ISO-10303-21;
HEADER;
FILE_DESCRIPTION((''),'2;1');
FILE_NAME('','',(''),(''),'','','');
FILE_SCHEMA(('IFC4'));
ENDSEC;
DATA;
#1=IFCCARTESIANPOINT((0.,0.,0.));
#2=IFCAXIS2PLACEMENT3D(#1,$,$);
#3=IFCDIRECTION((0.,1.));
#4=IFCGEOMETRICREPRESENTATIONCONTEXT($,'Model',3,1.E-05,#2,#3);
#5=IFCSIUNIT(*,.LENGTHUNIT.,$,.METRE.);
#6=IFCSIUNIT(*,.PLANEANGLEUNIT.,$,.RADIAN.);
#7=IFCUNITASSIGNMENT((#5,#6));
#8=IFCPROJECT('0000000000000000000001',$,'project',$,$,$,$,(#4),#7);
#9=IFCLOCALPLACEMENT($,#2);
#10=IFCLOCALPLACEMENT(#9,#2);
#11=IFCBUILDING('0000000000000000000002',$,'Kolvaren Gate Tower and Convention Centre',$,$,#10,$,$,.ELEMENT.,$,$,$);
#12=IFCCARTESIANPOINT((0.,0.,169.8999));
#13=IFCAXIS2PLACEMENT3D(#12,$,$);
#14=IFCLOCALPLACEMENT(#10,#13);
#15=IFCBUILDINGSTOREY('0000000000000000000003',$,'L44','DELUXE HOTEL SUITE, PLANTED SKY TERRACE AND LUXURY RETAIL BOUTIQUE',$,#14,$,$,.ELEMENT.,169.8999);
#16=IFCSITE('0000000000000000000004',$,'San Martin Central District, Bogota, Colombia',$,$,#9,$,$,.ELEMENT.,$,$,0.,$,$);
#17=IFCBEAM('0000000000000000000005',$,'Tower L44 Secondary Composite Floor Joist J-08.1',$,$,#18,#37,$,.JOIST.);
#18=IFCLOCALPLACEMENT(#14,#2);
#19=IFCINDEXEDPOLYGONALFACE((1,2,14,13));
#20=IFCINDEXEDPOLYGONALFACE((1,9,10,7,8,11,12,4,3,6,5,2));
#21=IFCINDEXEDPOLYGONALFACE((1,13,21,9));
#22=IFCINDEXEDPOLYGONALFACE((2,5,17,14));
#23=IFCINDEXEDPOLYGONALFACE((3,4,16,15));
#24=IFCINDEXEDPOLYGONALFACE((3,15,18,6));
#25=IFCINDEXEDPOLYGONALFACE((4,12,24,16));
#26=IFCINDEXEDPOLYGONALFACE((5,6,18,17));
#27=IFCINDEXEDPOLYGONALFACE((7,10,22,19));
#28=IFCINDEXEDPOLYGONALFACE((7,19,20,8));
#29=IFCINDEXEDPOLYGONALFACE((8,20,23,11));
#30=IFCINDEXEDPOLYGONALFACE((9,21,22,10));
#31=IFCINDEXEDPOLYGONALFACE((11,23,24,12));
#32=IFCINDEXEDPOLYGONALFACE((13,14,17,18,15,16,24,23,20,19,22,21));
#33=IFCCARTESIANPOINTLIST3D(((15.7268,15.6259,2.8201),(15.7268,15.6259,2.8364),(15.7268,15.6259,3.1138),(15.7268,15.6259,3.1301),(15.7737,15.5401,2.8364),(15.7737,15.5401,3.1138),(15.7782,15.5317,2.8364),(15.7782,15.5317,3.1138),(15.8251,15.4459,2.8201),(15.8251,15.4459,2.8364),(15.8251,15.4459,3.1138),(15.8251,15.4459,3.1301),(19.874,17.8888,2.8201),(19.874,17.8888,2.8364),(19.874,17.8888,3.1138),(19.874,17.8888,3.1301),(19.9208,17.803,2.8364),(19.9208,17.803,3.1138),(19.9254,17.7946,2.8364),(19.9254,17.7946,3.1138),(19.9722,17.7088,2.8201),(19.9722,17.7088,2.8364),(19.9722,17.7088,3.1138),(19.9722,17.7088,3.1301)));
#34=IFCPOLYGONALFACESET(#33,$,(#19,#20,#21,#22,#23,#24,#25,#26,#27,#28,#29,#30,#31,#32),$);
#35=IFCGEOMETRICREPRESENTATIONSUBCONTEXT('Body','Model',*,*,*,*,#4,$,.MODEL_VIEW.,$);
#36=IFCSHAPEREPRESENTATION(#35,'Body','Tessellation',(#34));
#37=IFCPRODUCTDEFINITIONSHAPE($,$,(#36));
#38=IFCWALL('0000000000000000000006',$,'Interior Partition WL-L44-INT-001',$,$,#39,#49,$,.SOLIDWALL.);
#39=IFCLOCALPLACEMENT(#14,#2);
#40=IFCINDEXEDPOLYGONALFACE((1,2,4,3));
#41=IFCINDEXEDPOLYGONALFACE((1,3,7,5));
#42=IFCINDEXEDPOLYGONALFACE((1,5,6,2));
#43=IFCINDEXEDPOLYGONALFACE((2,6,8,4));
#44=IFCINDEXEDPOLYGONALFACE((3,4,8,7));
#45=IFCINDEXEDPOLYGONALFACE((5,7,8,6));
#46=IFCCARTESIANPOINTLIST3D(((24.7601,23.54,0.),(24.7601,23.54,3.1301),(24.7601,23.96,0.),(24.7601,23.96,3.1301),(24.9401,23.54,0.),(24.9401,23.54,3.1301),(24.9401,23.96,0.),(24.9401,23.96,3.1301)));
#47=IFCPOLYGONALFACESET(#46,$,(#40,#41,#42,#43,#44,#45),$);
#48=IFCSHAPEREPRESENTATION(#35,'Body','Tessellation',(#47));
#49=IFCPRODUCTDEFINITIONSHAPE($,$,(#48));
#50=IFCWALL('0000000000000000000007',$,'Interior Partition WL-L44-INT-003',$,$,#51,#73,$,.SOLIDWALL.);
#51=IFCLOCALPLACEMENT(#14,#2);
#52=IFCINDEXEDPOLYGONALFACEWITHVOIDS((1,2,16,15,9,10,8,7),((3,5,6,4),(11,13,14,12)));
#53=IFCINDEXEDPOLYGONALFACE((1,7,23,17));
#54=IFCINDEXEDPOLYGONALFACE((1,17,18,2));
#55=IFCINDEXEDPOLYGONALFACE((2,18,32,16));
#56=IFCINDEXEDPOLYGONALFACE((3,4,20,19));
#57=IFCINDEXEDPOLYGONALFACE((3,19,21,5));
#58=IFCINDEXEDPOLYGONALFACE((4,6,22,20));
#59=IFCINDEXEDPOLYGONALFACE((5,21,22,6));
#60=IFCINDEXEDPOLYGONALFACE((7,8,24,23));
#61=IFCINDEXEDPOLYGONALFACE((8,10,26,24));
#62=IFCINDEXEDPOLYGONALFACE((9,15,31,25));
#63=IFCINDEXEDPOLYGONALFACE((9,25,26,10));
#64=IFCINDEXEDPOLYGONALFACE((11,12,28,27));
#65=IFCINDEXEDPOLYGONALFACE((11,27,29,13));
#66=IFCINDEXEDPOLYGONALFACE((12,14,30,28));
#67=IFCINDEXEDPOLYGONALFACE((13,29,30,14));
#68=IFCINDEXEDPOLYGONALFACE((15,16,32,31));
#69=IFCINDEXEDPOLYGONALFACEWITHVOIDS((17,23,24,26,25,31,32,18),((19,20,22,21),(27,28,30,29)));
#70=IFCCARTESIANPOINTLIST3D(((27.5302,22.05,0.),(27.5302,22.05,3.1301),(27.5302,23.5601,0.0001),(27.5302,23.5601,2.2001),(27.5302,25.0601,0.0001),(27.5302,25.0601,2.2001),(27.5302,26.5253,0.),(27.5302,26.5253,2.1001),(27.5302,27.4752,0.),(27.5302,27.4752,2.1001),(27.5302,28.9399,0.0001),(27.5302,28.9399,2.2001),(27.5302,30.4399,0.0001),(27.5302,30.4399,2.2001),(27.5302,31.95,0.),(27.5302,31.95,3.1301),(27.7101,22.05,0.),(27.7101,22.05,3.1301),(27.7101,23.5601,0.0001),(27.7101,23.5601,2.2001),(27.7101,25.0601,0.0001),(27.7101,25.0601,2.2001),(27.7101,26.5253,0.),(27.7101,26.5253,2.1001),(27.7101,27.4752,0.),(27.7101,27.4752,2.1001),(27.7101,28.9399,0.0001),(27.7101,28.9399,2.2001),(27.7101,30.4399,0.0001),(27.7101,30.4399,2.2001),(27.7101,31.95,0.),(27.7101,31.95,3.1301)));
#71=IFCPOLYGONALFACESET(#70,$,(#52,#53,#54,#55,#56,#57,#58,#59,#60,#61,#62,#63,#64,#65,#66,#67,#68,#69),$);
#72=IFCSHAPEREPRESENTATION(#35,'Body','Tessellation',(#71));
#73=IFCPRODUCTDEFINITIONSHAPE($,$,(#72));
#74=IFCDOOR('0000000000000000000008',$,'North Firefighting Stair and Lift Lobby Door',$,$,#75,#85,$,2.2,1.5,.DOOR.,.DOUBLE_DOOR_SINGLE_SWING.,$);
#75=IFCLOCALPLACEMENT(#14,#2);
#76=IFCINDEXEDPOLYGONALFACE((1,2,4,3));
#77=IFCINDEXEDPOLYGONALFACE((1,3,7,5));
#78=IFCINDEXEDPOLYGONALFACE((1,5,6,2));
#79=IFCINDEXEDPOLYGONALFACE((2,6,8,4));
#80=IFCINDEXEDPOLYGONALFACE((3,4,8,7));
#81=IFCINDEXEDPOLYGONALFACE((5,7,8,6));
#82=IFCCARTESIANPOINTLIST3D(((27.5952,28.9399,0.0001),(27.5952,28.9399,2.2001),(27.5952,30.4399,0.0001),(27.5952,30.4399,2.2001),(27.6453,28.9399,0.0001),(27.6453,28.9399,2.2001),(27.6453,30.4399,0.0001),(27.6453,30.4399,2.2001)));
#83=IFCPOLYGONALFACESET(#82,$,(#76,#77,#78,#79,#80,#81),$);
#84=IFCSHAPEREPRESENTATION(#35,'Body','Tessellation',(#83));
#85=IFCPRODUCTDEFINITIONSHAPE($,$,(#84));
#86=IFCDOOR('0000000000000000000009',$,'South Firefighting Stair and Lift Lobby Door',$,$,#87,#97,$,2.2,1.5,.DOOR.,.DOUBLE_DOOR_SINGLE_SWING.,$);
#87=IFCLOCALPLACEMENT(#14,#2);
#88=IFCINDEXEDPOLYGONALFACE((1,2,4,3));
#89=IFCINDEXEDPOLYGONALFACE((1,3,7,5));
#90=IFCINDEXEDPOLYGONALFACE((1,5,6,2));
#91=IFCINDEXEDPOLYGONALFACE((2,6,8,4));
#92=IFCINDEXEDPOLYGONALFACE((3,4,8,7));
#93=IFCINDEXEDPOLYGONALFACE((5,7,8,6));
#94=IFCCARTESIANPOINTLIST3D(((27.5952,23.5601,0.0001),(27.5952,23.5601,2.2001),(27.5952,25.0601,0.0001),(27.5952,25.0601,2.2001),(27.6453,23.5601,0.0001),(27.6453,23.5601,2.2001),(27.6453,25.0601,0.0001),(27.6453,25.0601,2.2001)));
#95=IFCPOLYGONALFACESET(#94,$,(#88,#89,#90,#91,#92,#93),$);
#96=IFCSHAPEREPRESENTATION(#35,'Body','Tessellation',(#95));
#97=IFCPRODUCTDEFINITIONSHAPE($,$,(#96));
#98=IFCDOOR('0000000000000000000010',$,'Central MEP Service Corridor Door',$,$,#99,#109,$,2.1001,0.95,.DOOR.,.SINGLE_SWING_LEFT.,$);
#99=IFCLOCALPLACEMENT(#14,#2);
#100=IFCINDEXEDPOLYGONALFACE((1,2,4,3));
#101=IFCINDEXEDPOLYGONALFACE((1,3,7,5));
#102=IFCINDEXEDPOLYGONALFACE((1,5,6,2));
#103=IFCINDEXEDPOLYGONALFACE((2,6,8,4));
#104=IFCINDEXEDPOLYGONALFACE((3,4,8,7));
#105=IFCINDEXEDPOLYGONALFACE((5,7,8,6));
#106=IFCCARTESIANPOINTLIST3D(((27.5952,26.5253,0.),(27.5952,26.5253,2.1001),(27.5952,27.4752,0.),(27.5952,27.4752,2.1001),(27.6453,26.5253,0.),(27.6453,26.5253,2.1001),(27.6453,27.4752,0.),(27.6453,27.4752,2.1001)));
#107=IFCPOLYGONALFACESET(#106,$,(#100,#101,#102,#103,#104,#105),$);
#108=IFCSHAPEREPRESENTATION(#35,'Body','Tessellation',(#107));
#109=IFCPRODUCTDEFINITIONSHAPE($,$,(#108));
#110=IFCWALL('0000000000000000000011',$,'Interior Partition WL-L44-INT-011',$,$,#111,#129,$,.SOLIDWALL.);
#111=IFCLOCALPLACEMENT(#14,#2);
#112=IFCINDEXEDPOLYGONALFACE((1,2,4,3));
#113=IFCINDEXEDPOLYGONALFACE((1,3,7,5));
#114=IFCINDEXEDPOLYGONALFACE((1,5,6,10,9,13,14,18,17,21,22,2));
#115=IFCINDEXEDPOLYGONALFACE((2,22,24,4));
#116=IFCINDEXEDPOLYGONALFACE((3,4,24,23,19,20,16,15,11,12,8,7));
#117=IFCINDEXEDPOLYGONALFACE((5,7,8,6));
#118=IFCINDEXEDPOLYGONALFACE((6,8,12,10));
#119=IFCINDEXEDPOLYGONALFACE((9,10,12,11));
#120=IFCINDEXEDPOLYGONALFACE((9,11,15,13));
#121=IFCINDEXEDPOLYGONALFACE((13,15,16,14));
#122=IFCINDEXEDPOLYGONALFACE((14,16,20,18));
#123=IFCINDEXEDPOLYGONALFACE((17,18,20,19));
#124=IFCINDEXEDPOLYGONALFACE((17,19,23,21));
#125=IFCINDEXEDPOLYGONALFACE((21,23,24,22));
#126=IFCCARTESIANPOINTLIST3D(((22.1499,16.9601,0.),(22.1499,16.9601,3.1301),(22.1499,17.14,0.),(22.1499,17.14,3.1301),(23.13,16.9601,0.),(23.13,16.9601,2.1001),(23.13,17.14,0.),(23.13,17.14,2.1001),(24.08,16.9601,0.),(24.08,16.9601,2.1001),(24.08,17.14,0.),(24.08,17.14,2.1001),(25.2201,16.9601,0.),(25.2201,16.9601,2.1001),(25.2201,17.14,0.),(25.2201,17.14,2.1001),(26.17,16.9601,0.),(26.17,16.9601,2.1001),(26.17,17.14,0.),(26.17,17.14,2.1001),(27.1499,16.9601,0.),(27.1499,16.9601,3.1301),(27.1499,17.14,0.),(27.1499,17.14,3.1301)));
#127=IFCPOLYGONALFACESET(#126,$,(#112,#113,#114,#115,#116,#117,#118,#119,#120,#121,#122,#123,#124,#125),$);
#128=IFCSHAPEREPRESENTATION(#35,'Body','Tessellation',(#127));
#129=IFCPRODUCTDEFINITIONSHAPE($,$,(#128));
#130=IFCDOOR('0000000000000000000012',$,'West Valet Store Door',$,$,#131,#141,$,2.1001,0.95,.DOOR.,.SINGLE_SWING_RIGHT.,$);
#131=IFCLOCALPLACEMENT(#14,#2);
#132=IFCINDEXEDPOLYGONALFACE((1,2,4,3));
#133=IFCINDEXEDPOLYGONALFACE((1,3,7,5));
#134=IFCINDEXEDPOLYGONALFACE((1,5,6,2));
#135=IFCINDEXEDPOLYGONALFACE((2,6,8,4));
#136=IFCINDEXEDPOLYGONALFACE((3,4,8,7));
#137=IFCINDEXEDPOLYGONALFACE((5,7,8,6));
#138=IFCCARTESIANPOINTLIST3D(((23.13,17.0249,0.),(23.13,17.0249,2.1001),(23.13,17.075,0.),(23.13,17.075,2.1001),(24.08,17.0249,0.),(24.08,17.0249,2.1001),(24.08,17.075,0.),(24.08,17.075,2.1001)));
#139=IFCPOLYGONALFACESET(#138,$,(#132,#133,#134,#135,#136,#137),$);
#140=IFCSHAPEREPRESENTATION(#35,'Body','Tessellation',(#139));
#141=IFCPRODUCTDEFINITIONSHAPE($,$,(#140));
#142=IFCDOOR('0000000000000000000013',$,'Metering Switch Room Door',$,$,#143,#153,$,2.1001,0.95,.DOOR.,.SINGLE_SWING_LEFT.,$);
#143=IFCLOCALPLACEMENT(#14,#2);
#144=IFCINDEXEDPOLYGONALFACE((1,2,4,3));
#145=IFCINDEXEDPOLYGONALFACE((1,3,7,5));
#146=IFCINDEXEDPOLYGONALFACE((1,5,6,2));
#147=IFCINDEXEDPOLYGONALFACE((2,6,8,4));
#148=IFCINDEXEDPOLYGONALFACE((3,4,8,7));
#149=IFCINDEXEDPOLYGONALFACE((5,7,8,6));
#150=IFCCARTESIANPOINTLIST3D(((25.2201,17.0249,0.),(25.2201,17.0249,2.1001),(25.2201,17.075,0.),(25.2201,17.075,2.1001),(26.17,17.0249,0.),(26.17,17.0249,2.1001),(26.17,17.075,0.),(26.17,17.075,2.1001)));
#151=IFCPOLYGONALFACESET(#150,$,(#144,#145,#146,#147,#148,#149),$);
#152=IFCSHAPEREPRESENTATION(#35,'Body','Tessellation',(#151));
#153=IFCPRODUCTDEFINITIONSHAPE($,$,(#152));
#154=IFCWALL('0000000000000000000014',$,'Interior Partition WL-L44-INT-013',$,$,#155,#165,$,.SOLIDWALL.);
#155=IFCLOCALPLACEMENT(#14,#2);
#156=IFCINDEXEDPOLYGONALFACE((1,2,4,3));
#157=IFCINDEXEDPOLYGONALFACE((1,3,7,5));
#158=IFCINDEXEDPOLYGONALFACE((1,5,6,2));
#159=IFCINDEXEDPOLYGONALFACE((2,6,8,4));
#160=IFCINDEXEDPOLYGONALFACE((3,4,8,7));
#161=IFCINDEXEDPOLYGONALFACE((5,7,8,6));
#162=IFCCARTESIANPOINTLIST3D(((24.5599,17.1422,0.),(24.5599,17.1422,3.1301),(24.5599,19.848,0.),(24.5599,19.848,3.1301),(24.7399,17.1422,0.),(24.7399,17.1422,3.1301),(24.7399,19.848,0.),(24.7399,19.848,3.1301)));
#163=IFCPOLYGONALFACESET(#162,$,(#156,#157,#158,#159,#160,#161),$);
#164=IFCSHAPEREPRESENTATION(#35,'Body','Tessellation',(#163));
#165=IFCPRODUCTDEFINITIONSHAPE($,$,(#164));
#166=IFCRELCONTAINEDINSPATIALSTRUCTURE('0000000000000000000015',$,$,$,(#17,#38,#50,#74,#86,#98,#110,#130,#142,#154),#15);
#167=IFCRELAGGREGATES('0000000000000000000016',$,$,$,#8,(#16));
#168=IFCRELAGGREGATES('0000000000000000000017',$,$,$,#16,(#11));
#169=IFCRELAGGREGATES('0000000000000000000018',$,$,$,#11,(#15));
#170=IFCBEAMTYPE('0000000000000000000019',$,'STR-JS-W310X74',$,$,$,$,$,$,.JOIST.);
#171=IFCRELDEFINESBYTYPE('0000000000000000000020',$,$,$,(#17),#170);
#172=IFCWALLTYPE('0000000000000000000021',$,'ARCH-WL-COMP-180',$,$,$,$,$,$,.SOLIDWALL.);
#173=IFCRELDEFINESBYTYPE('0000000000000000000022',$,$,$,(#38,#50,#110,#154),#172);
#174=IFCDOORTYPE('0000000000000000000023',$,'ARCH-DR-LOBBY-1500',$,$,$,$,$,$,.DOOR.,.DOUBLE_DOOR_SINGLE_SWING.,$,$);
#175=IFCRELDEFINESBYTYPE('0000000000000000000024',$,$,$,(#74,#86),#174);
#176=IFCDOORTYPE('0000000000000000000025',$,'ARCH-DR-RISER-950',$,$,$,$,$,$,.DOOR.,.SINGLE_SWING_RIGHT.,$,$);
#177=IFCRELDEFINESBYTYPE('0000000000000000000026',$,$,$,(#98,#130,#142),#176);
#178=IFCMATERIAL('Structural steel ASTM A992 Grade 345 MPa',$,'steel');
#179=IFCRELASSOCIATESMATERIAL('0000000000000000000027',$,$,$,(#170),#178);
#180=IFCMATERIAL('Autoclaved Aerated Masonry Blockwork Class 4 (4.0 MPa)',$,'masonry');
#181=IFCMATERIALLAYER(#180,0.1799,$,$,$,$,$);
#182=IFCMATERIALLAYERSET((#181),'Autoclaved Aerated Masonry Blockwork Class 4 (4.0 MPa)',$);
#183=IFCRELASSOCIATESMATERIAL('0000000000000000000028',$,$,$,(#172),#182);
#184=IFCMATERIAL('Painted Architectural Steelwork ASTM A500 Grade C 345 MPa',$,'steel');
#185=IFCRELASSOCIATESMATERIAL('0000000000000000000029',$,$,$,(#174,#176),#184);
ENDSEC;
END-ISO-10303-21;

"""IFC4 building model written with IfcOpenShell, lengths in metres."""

from ifc_helpers import new_model, si_unit, direction, frame, frame_2d, origin, origin_2d, place, context, subcontext, project, spatial, rectangle, i_section, extrude, material, layer, layer_set, material_profile, profile_set, type_object, element, fill, save


model = new_model("IFC4")

# Units and contexts
model_context = context("Model", 3, precision=1e-05, world=origin(), true_north=direction((0.0, 1.0)))
body_context = subcontext(model_context, "Body", "Model", "MODEL_VIEW")
ifc_project = project(units=[si_unit("LENGTHUNIT", "METRE"), si_unit("PLANEANGLEUNIT", "RADIAN")], contexts=[model_context])

# Site, building, storey
site_placement = place(None, origin())
site = spatial("IfcSite", under=ifc_project, at=site_placement, Name="San Martin Central District, Bogota, Colombia", CompositionType="ELEMENT", RefElevation=0.0)
building_placement = place(site_placement, origin())
building = spatial("IfcBuilding", under=site, at=building_placement, Name="Kolvaren Gate Tower and Convention Centre", CompositionType="ELEMENT")
storey_placement = place(building_placement, frame((0.0, 0.0, 169.8999)))
storey = spatial("IfcBuildingStorey", under=building, at=storey_placement, Name="L44", Description="DELUXE HOTEL SUITE, PLANTED SKY TERRACE AND LUXURY RETAIL BOUTIQUE", CompositionType="ELEMENT", Elevation=169.8999)

# Beam
ifc_material_1 = material(Name="Structural steel ASTM A992 Grade 345 MPa", Category="steel")
ifc_material_profile = material_profile(ifc_material_1, i_section(OverallWidth=0.2051, OverallDepth=0.3101, WebThickness=0.0095, FlangeThickness=0.0164, at=origin_2d()), Name="W310X74")
ifc_profile_set = profile_set([ifc_material_profile], Name="Structural steel ASTM A992 Grade 345 MPa")
beam_type = type_object("IfcBeamType", Name="STR-JS-W310X74", PredefinedType="JOIST", material=ifc_profile_set)
beam_placement = place(storey_placement, frame((19.9231, 17.7988, 2.9751), z_axis=(-0.877822, -0.478986, 0.0), x_axis=(0.478986, -0.877822, 0.0)))
element("IfcBeam", 1, at=beam_placement, inside=storey, type_object=beam_type, Name="Tower L44 Secondary Composite Floor Joist J-08.1", PredefinedType="JOIST", context=body_context, shape_type="SweptSolid", body=[
    extrude(i_section(OverallWidth=0.2051, OverallDepth=0.3101, WebThickness=0.0095, FlangeThickness=0.0164, at=origin_2d()), origin(), (0.0, 0.0, 1.0), 4.7244),
])

# Wall
ifc_material_2 = material(Name="Autoclaved Aerated Masonry Blockwork Class 4 (4.0 MPa)", Category="masonry")
ifc_layer_1 = layer(ifc_material_2, 0.1799)
ifc_layer_set_1 = layer_set([ifc_layer_1], Name="Autoclaved Aerated Masonry Blockwork Class 4 (4.0 MPa)")
wall_type_1 = type_object("IfcWallType", Name="ARCH-WL-COMP-180", PredefinedType="SOLIDWALL", material=ifc_layer_set_1)
wall_1_placement = place(storey_placement, frame((24.8501, 23.54, 0.0), z_axis=(0.0, 0.0, 1.0), x_axis=(0.0, 1.0, 0.0)))
element("IfcWall", 2, at=wall_1_placement, inside=storey, type_object=wall_type_1, Name="Interior Partition WL-L44-INT-001", PredefinedType="SOLIDWALL", context=body_context, shape_type="SweptSolid", body=[
    extrude(rectangle(XDim=0.4199, YDim=0.1799, at=frame_2d((0.21, 0.0))), origin(), (0.0, 0.0, 1.0), 3.1301),
])

# Walls, openings, doors
wall_2_placement = place(storey_placement, frame((27.6201, 22.05, 0.0), z_axis=(0.0, 0.0, 1.0), x_axis=(0.0, 1.0, 0.0)))
wall_2 = element("IfcWall", 3, at=wall_2_placement, inside=storey, type_object=wall_type_1, Name="Interior Partition WL-L44-INT-003", PredefinedType="SOLIDWALL", context=body_context, shape_type="SweptSolid", body=[
    extrude(rectangle(XDim=9.8999, YDim=0.1799, at=frame_2d((4.95, 0.0))), origin(), (0.0, 0.0, 1.0), 3.1301),
])
opening_1_placement = place(wall_2_placement, frame((4.4751, 0.0, 0.0)))
opening_1 = element("IfcOpeningElement", 4, at=opening_1_placement, cuts=wall_2, PredefinedType="OPENING", context=body_context, shape_type="SweptSolid", body=[
    extrude(rectangle(XDim=0.95, YDim=2.1001, at=frame_2d((0.4751, 1.05))), frame((0.0, 0.0999, 0.0), z_axis=(0.0, -1.0, 0.0), x_axis=(1.0, 0.0, 0.0)), (0.0, 0.0, 1.0), 0.2),
])
opening_2_placement = place(wall_2_placement, frame((6.8899, 0.0, 0.0)))
opening_2 = element("IfcOpeningElement", 5, at=opening_2_placement, cuts=wall_2, PredefinedType="OPENING", context=body_context, shape_type="SweptSolid", body=[
    extrude(rectangle(XDim=1.5, YDim=2.2, at=frame_2d((0.75, 1.1001))), frame((0.0, 0.0999, 0.0), z_axis=(0.0, -1.0, 0.0), x_axis=(1.0, 0.0, 0.0)), (0.0, 0.0, 1.0), 0.2),
])
opening_3_placement = place(wall_2_placement, frame((1.51, 0.0, 0.0)))
opening_3 = element("IfcOpeningElement", 6, at=opening_3_placement, cuts=wall_2, PredefinedType="OPENING", context=body_context, shape_type="SweptSolid", body=[
    extrude(rectangle(XDim=1.5, YDim=2.2, at=frame_2d((0.75, 1.1001))), frame((0.0, 0.0999, 0.0), z_axis=(0.0, -1.0, 0.0), x_axis=(1.0, 0.0, 0.0)), (0.0, 0.0, 1.0), 0.2),
])
ifc_material_3 = material(Name="Painted Architectural Steelwork ASTM A500 Grade C 345 MPa", Category="steel")
door_type_1 = type_object("IfcDoorType", Name="ARCH-DR-LOBBY-1500", OperationType="DOUBLE_DOOR_SINGLE_SWING", PredefinedType="DOOR", material=ifc_material_3)
door_1_placement = place(opening_2_placement, origin())
door_1 = element("IfcDoor", 7, at=door_1_placement, inside=storey, type_object=door_type_1, Name="North Firefighting Stair and Lift Lobby Door", OperationType="DOUBLE_DOOR_SINGLE_SWING", OverallHeight=2.2, OverallWidth=1.5, PredefinedType="DOOR", context=body_context, shape_type="SweptSolid", body=[
    extrude(rectangle(XDim=1.5, YDim=2.2, at=frame_2d((0.75, 1.1001))), frame((0.0, 0.0249, 0.0), z_axis=(0.0, -1.0, 0.0), x_axis=(1.0, 0.0, 0.0)), (0.0, 0.0, 1.0), 0.05),
])
fill(opening_2, door_1)
door_2_placement = place(opening_3_placement, origin())
door_2 = element("IfcDoor", 8, at=door_2_placement, inside=storey, type_object=door_type_1, Name="South Firefighting Stair and Lift Lobby Door", OperationType="DOUBLE_DOOR_SINGLE_SWING", OverallHeight=2.2, OverallWidth=1.5, PredefinedType="DOOR", context=body_context, shape_type="SweptSolid", body=[
    extrude(rectangle(XDim=1.5, YDim=2.2, at=frame_2d((0.75, 1.1001))), frame((0.0, 0.0249, 0.0), z_axis=(0.0, -1.0, 0.0), x_axis=(1.0, 0.0, 0.0)), (0.0, 0.0, 1.0), 0.05),
])
fill(opening_3, door_2)
door_type_2 = type_object("IfcDoorType", Name="ARCH-DR-RISER-950", OperationType="SINGLE_SWING_RIGHT", PredefinedType="DOOR", material=ifc_material_3)
door_3_placement = place(opening_1_placement, origin())
door_3 = element("IfcDoor", 9, at=door_3_placement, inside=storey, type_object=door_type_2, Name="Central MEP Service Corridor Door", OperationType="SINGLE_SWING_LEFT", OverallHeight=2.1001, OverallWidth=0.95, PredefinedType="DOOR", context=body_context, shape_type="SweptSolid", body=[
    extrude(rectangle(XDim=0.95, YDim=2.1001, at=frame_2d((0.4751, 1.05))), frame((0.0, 0.0249, 0.0), z_axis=(0.0, -1.0, 0.0), x_axis=(1.0, 0.0, 0.0)), (0.0, 0.0, 1.0), 0.05),
])
fill(opening_1, door_3)
wall_3_placement = place(storey_placement, frame((22.1499, 17.05, 0.0), z_axis=(0.0, 0.0, 1.0), x_axis=(1.0, 0.0, 0.0)))
wall_3 = element("IfcWall", 10, at=wall_3_placement, inside=storey, type_object=wall_type_1, Name="Interior Partition WL-L44-INT-011", PredefinedType="SOLIDWALL", context=body_context, shape_type="SweptSolid", body=[
    extrude(rectangle(XDim=5.0, YDim=0.1799, at=frame_2d((2.5, 0.0))), origin(), (0.0, 0.0, 1.0), 3.1301),
])
opening_4_placement = place(wall_3_placement, frame((0.98, 0.0, 0.0)))
opening_4 = element("IfcOpeningElement", 11, at=opening_4_placement, cuts=wall_3, PredefinedType="OPENING", context=body_context, shape_type="SweptSolid", body=[
    extrude(rectangle(XDim=0.95, YDim=2.1001, at=frame_2d((0.4751, 1.05))), frame((0.0, 0.0999, 0.0), z_axis=(0.0, -1.0, 0.0), x_axis=(1.0, 0.0, 0.0)), (0.0, 0.0, 1.0), 0.2),
])
opening_5_placement = place(wall_3_placement, frame((3.0701, 0.0, 0.0)))
opening_5 = element("IfcOpeningElement", 12, at=opening_5_placement, cuts=wall_3, PredefinedType="OPENING", context=body_context, shape_type="SweptSolid", body=[
    extrude(rectangle(XDim=0.95, YDim=2.1001, at=frame_2d((0.4751, 1.05))), frame((0.0, 0.0999, 0.0), z_axis=(0.0, -1.0, 0.0), x_axis=(1.0, 0.0, 0.0)), (0.0, 0.0, 1.0), 0.2),
])
door_4_placement = place(opening_4_placement, origin())
door_4 = element("IfcDoor", 13, at=door_4_placement, inside=storey, type_object=door_type_2, Name="West Valet Store Door", OperationType="SINGLE_SWING_RIGHT", OverallHeight=2.1001, OverallWidth=0.95, PredefinedType="DOOR", context=body_context, shape_type="SweptSolid", body=[
    extrude(rectangle(XDim=0.95, YDim=2.1001, at=frame_2d((0.4751, 1.05))), frame((0.0, 0.0249, 0.0), z_axis=(0.0, -1.0, 0.0), x_axis=(1.0, 0.0, 0.0)), (0.0, 0.0, 1.0), 0.05),
])
fill(opening_4, door_4)
door_5_placement = place(opening_5_placement, origin())
door_5 = element("IfcDoor", 14, at=door_5_placement, inside=storey, type_object=door_type_2, Name="Metering Switch Room Door", OperationType="SINGLE_SWING_LEFT", OverallHeight=2.1001, OverallWidth=0.95, PredefinedType="DOOR", context=body_context, shape_type="SweptSolid", body=[
    extrude(rectangle(XDim=0.95, YDim=2.1001, at=frame_2d((0.4751, 1.05))), frame((0.0, 0.0249, 0.0), z_axis=(0.0, -1.0, 0.0), x_axis=(1.0, 0.0, 0.0)), (0.0, 0.0, 1.0), 0.05),
])
fill(opening_5, door_5)

# Wall
for number, where, z_axis, x_axis, name in (
    (15, (24.6499, 17.1421, 0.0), (0.0, 0.0, 1.0), (0.0, 1.0, 0.0), "Interior Partition WL-L44-INT-013"),
):
    element("IfcWall", number, at=place(storey_placement, frame(where, z_axis=z_axis, x_axis=x_axis)), inside=storey, type_object=wall_type_1, Name=name, PredefinedType="SOLIDWALL", context=body_context, shape_type="SweptSolid", body=[
        extrude(rectangle(XDim=2.7058, YDim=0.1799, at=frame_2d((1.353, 0.0))), origin(), (0.0, 0.0, 1.0), 3.1301),
    ])

save(model, "model.ifc")
